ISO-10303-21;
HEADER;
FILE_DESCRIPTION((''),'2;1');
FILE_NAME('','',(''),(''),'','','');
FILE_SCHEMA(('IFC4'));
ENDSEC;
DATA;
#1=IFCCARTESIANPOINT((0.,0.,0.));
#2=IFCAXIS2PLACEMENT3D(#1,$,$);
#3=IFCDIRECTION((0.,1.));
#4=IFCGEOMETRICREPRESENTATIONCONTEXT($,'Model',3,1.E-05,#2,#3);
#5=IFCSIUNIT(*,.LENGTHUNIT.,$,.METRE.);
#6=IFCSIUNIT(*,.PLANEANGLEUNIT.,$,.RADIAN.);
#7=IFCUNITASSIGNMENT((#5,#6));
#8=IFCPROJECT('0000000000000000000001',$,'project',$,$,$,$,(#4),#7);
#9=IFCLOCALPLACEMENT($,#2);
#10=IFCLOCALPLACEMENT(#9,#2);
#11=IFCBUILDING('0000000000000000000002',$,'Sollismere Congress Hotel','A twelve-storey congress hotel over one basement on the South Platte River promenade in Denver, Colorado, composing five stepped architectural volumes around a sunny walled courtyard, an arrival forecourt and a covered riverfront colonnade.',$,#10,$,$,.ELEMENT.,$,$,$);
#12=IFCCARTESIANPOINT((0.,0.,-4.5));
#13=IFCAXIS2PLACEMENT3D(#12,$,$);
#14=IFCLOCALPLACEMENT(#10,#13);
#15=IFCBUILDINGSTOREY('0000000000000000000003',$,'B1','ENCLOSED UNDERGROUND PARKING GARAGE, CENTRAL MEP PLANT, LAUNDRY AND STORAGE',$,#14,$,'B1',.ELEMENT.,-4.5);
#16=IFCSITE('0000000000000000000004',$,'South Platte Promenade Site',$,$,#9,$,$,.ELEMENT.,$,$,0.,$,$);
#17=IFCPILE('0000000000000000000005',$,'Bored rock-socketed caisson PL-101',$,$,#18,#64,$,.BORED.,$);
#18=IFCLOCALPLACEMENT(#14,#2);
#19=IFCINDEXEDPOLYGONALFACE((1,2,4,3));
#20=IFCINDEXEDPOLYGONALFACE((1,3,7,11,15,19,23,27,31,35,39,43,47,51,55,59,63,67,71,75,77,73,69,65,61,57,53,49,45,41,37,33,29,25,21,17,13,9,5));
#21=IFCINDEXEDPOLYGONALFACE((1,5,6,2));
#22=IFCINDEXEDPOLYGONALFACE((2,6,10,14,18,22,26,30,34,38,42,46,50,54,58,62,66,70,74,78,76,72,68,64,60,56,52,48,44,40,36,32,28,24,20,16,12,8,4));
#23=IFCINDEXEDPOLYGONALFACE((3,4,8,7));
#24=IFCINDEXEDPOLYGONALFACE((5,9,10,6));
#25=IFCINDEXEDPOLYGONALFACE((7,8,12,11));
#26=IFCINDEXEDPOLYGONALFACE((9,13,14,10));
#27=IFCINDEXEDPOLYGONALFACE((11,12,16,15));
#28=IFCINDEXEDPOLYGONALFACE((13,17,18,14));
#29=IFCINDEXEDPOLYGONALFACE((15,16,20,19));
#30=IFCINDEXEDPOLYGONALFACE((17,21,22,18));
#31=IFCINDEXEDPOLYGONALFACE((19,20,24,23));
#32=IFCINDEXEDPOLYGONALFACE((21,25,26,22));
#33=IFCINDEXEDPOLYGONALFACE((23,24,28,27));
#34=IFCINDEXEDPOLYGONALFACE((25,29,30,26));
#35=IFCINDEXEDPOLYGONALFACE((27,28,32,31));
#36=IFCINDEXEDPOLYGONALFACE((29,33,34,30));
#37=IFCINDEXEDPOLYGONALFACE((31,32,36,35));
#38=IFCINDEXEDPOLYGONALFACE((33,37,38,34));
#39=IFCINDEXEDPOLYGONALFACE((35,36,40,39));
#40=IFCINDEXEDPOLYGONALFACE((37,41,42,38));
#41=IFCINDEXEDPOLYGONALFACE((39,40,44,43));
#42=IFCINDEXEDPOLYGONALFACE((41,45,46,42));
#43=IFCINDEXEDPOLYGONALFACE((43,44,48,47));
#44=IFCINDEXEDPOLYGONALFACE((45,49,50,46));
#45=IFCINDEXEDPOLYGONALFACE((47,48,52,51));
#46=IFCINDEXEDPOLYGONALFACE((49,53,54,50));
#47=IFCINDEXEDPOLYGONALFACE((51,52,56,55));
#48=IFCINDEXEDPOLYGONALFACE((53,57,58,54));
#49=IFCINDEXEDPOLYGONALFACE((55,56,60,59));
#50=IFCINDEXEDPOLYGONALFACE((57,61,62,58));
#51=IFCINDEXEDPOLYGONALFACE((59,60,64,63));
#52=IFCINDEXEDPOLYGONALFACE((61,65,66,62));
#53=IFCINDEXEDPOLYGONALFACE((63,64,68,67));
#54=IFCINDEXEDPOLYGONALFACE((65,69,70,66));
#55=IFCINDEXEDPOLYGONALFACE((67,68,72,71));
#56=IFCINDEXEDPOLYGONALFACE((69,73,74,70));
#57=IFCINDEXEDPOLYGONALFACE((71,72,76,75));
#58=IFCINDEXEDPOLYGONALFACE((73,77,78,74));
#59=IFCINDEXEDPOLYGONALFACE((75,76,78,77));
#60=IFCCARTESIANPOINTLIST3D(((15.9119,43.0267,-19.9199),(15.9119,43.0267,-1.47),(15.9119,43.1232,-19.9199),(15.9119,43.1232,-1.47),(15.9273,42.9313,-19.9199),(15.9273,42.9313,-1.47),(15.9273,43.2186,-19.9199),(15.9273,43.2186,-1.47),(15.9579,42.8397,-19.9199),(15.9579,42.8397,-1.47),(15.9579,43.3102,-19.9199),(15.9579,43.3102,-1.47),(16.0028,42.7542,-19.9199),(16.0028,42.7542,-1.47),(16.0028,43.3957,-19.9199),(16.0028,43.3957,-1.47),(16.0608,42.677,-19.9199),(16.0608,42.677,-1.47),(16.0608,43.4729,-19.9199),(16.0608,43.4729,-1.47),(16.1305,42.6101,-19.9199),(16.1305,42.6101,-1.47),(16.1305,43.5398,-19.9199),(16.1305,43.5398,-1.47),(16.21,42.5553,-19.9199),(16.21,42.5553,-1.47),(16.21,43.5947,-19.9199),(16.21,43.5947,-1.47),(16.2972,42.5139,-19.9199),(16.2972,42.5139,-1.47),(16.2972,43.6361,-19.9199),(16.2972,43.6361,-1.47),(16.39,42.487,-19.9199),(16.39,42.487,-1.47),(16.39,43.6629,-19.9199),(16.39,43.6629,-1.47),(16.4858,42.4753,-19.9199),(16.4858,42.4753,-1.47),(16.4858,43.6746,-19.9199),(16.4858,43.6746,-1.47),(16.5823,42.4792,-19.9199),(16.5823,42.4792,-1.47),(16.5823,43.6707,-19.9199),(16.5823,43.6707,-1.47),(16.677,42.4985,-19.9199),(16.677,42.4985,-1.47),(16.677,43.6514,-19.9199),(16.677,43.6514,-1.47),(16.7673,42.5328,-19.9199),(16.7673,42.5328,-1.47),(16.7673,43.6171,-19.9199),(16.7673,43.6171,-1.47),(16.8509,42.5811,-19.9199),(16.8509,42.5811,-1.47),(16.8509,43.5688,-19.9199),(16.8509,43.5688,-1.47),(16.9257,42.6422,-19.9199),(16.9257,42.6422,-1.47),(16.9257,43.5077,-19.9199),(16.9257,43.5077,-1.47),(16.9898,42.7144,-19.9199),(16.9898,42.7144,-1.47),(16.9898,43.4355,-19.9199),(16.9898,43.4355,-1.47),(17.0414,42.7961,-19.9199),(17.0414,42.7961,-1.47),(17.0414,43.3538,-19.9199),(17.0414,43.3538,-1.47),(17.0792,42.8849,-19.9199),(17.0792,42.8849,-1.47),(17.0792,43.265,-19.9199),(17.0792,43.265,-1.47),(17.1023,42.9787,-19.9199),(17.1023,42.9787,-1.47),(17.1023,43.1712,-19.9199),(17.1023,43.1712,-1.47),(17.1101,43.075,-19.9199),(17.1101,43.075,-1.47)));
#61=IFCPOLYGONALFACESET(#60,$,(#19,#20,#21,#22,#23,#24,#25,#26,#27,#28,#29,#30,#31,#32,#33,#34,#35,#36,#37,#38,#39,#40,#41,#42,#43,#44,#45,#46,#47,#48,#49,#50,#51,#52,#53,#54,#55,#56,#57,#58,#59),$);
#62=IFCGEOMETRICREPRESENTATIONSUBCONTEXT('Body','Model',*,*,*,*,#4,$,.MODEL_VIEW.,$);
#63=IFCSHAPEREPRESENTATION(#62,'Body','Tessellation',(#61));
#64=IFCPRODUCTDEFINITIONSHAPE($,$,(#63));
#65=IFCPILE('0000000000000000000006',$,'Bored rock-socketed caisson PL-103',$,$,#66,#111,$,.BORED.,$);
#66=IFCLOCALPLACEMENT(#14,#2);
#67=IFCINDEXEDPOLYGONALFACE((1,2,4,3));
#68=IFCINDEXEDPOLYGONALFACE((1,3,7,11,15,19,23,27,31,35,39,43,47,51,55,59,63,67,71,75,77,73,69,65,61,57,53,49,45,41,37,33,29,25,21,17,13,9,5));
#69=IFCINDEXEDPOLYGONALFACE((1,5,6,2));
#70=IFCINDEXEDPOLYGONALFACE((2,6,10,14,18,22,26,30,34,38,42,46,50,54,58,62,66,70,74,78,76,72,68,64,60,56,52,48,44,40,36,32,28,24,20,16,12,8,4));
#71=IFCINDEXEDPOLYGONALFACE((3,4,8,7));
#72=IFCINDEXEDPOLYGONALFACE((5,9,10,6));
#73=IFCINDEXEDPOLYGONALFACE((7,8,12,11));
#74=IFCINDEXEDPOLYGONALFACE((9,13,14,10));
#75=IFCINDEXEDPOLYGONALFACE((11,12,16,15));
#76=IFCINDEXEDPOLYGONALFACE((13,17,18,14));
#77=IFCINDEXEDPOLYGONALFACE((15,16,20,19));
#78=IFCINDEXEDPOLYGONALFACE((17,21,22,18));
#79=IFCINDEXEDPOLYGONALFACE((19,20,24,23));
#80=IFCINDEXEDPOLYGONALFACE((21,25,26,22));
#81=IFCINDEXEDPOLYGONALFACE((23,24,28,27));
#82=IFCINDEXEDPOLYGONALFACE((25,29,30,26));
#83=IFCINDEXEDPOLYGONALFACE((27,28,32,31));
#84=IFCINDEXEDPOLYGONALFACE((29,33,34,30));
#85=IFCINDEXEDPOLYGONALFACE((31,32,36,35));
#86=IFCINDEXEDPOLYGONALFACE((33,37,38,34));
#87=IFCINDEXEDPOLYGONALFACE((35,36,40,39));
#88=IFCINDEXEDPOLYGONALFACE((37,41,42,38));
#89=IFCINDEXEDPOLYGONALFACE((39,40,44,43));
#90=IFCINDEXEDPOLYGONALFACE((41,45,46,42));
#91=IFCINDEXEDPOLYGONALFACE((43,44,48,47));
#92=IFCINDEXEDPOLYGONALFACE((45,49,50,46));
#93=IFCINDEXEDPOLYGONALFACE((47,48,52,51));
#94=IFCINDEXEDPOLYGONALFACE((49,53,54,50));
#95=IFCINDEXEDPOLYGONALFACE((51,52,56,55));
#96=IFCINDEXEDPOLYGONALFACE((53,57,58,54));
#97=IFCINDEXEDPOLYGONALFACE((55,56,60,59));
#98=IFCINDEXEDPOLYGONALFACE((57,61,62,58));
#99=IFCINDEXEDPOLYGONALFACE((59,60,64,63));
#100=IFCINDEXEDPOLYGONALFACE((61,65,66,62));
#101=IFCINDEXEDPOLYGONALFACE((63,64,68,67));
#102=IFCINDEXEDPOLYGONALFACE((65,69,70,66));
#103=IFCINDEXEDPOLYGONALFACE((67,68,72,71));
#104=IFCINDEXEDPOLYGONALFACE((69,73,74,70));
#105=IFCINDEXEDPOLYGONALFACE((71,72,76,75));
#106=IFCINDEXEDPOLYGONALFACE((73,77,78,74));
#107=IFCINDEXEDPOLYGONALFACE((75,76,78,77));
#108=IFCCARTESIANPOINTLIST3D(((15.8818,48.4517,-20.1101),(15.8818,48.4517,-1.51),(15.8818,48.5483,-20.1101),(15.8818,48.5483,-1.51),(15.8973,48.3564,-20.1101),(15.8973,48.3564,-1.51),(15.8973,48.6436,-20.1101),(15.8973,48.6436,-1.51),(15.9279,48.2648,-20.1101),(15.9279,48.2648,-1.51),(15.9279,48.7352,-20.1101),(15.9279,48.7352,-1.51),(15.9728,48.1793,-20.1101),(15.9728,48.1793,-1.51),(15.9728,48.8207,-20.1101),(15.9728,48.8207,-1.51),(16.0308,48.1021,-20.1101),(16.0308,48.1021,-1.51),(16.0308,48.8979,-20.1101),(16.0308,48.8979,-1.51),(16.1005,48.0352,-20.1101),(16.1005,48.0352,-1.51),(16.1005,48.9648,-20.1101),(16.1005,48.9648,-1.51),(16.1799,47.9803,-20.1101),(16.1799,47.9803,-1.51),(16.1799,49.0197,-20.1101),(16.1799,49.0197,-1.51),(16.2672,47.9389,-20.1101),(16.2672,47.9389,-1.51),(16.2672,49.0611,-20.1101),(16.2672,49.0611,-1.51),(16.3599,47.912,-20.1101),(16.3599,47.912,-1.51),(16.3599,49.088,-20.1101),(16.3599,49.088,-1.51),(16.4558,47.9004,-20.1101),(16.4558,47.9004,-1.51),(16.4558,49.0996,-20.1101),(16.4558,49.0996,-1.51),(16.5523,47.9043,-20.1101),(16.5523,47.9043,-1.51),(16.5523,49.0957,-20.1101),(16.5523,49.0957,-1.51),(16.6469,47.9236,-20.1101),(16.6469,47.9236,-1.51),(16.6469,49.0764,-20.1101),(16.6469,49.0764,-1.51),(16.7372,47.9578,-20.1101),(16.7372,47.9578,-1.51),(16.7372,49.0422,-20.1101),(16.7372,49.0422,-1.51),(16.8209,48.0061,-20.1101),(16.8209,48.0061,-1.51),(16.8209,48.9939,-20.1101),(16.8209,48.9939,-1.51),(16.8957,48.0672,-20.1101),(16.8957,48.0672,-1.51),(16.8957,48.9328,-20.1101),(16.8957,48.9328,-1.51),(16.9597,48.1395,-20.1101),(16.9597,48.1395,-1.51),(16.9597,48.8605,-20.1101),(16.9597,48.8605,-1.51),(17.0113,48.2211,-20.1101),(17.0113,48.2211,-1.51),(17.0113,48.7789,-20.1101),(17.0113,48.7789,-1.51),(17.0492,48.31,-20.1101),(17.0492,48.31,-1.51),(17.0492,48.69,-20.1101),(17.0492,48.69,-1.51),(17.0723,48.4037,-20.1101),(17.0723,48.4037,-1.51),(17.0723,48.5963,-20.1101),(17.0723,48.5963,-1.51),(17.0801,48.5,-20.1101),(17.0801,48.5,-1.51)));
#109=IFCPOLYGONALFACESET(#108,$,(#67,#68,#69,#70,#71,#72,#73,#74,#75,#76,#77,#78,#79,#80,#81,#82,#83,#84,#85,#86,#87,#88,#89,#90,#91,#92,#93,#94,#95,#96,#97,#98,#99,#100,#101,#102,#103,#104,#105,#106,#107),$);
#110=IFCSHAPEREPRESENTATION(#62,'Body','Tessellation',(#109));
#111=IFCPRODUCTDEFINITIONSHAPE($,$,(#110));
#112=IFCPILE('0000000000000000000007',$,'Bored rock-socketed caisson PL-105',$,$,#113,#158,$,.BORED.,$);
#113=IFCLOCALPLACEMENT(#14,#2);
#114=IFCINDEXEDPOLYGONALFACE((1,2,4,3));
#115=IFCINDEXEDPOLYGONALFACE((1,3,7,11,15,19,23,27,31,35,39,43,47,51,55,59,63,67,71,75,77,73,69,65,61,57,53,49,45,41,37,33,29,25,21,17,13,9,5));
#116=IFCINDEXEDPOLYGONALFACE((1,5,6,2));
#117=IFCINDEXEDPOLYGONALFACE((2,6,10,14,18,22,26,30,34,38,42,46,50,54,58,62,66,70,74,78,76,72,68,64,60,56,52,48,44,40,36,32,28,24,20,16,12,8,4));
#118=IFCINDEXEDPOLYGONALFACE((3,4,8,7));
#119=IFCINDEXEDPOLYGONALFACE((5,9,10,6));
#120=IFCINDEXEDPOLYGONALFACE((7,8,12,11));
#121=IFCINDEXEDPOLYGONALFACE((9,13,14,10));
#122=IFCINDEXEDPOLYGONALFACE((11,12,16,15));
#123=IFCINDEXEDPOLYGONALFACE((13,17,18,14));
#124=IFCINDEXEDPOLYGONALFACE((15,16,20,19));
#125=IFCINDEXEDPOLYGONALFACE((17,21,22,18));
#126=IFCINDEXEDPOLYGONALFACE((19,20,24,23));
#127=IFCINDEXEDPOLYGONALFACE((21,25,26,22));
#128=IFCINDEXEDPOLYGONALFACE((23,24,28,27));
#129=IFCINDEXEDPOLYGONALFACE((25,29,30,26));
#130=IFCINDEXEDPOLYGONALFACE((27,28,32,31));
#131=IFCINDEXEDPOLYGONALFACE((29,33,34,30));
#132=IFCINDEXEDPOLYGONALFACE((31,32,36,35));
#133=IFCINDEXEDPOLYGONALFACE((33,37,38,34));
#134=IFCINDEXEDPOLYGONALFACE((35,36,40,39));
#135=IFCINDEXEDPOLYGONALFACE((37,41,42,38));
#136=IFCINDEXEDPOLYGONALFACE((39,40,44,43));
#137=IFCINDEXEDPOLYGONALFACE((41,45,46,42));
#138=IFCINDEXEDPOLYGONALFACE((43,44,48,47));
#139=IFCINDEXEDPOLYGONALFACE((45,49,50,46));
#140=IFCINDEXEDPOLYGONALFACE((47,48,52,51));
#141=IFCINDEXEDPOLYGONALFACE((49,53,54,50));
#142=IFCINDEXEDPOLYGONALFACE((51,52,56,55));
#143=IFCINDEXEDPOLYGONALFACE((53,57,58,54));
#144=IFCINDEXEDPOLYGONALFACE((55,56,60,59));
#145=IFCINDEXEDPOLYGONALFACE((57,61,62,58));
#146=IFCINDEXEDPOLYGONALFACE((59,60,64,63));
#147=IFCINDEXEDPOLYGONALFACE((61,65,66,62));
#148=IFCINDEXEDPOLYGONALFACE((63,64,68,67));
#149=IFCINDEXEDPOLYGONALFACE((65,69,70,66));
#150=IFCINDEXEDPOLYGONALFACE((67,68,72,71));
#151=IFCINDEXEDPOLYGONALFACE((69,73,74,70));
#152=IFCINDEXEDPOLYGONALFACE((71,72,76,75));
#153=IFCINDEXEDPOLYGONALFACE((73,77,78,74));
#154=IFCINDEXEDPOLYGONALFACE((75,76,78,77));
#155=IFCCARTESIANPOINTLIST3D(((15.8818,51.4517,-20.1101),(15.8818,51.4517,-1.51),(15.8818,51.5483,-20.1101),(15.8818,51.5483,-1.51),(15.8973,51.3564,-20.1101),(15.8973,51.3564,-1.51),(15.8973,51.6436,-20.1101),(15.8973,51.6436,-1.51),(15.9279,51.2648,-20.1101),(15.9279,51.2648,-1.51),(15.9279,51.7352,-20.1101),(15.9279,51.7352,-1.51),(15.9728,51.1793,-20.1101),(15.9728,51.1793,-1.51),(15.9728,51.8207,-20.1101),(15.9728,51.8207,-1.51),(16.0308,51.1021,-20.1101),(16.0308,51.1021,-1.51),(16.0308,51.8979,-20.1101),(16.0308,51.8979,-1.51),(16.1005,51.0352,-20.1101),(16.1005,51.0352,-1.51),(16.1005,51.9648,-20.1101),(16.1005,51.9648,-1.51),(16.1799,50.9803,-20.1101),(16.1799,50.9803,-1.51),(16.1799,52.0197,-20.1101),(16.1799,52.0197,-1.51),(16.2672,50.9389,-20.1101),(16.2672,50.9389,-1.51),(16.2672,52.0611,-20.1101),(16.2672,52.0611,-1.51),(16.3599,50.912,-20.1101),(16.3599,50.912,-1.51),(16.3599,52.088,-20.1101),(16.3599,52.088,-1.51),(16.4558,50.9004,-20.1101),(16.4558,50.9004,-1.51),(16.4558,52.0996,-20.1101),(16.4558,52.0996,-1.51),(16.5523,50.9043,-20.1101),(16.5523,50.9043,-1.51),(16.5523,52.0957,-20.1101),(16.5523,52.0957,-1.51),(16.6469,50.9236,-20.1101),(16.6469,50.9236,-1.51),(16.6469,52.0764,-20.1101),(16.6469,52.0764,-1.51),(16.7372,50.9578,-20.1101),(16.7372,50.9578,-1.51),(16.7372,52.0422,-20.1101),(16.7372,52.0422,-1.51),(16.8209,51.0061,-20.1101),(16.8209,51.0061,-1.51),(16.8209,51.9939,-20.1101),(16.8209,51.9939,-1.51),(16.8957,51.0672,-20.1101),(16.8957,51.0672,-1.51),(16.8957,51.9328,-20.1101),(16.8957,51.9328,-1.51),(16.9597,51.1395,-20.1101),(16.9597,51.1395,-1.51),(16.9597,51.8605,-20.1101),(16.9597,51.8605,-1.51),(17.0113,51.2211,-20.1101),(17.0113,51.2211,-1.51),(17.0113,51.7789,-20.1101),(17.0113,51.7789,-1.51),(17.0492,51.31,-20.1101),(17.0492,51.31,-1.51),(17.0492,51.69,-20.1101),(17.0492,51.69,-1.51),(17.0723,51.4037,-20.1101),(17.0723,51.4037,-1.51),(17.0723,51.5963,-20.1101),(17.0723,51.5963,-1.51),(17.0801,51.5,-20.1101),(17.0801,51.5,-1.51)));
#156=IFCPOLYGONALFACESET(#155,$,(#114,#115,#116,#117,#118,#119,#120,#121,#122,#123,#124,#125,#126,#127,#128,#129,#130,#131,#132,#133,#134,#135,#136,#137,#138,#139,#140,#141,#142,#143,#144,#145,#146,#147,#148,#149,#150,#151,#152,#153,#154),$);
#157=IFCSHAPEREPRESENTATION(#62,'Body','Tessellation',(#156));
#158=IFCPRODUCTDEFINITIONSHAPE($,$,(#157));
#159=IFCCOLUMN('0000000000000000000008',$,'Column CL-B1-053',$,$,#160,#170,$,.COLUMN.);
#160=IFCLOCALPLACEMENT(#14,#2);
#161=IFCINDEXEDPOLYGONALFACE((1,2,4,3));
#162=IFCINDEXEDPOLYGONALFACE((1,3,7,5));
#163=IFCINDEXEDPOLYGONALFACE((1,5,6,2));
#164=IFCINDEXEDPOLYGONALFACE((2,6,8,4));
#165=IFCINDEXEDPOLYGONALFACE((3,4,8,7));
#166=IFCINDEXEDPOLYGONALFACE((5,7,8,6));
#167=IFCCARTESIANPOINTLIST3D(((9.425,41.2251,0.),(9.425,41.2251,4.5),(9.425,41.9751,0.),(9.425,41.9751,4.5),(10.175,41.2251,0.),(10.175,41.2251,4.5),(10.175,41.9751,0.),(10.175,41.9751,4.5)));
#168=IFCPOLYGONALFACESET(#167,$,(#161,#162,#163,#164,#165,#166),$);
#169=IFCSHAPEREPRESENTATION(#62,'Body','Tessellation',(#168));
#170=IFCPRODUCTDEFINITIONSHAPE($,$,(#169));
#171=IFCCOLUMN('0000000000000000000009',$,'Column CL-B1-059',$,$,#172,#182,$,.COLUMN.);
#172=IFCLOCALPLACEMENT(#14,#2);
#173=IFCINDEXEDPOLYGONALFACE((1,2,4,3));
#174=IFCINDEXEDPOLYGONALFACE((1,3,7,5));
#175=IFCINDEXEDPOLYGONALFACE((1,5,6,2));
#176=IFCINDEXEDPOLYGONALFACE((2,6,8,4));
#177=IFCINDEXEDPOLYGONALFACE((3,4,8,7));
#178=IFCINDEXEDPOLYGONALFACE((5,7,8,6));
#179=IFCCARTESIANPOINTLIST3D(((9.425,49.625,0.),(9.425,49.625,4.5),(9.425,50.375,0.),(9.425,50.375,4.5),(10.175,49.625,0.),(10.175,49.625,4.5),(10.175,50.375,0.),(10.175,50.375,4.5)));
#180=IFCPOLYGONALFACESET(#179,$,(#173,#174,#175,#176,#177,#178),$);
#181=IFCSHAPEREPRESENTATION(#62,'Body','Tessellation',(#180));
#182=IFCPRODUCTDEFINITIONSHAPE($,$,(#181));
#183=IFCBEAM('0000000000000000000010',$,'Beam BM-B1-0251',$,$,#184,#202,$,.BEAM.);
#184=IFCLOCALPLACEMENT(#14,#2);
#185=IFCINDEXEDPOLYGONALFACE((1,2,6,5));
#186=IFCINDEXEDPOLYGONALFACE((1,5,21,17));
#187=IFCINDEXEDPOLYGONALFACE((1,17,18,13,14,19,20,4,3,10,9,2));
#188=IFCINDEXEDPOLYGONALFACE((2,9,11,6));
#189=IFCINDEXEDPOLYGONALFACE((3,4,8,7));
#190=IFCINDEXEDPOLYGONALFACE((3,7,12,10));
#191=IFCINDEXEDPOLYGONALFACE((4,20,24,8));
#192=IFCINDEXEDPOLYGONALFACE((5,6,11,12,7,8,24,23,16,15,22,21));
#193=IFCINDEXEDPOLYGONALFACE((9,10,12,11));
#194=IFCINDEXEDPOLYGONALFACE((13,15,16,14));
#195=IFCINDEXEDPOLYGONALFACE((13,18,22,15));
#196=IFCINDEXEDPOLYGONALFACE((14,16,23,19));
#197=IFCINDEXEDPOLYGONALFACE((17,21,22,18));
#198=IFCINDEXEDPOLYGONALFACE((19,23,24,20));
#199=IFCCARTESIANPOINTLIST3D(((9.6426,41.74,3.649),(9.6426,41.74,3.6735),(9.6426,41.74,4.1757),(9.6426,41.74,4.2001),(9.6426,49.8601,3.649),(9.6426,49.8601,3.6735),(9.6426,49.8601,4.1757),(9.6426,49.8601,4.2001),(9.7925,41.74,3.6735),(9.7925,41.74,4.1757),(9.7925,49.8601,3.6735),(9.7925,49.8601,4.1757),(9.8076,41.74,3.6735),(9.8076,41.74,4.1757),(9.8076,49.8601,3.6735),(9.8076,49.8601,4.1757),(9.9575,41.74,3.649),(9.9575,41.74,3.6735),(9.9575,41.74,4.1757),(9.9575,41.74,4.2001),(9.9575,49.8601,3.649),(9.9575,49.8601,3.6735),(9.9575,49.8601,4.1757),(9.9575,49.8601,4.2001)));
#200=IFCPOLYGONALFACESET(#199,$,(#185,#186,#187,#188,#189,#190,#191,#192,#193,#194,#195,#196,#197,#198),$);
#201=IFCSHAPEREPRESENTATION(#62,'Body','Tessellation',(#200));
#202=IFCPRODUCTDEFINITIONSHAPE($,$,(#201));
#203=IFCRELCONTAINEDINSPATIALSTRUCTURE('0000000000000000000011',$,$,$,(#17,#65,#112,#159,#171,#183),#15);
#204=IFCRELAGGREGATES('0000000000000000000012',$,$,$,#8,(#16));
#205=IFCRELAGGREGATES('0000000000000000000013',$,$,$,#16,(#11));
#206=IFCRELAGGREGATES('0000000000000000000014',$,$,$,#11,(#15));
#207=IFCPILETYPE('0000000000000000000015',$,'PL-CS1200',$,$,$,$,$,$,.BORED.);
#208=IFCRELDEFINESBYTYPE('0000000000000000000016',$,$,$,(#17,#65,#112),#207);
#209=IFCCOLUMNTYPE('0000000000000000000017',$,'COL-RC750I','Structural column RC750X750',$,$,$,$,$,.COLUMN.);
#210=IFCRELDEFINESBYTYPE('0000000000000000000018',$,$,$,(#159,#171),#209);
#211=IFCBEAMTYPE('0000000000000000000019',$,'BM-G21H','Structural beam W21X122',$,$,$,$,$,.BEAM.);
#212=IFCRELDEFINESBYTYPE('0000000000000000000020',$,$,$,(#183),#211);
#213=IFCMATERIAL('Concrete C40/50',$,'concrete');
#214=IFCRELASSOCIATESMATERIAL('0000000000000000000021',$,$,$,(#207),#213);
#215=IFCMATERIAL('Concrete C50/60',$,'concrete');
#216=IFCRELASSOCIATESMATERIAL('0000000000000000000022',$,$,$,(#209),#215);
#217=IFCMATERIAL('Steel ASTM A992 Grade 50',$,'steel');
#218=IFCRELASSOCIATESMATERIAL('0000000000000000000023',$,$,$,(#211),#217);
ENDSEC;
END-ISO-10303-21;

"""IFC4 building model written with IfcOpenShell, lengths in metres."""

from ifc_helpers import new_model, si_unit, direction, frame, origin, origin_2d, place, context, subcontext, project, spatial, rectangle, circle, i_section, extrude, material, material_profile, profile_set, type_object, element, save


model = new_model("IFC4")

# Units and contexts
model_context = context("Model", 3, precision=1e-05, world=origin(), true_north=direction((0.0, 1.0)))
body_context = subcontext(model_context, "Body", "Model", "MODEL_VIEW")
ifc_project = project(units=[si_unit("LENGTHUNIT", "METRE"), si_unit("PLANEANGLEUNIT", "RADIAN")], contexts=[model_context])

# Site, building, storey
site_placement = place(None, origin())
site = spatial("IfcSite", under=ifc_project, at=site_placement, Name="South Platte Promenade Site", CompositionType="ELEMENT", RefElevation=0.0)
building_placement = place(site_placement, origin())
building = spatial("IfcBuilding", under=site, at=building_placement, Name="Sollismere Congress Hotel", Description="A twelve-storey congress hotel over one basement on the South Platte River promenade in Denver, Colorado, composing five stepped architectural volumes around a sunny walled courtyard, an arrival forecourt and a covered riverfront colonnade.", CompositionType="ELEMENT")
storey_placement = place(building_placement, frame((0.0, 0.0, -4.5)))
storey = spatial("IfcBuildingStorey", under=building, at=storey_placement, Name="B1", Description="ENCLOSED UNDERGROUND PARKING GARAGE, CENTRAL MEP PLANT, LAUNDRY AND STORAGE", LongName="B1", CompositionType="ELEMENT", Elevation=-4.5)

# Shared definitions
ifc_material_1 = material(Name="Concrete C40/50", Category="concrete")

# Piles
ifc_material_profile_1 = material_profile(ifc_material_1, circle(Radius=0.6001, at=origin_2d()), Name="CAISSON1200")
ifc_profile_set_1 = profile_set([ifc_material_profile_1], Name="Concrete C40/50")
pile_type = type_object("IfcPileType", Name="PL-CS1200", PredefinedType="BORED", material=ifc_profile_set_1)
for number, where, z_axis, x_axis, name in (
    (1, (16.51, 43.075, -1.47), (0.0, 0.0, -1.0), (1.0, 0.0, 0.0), "Bored rock-socketed caisson PL-101"),
):
    element("IfcPile", number, at=place(storey_placement, frame(where, z_axis=z_axis, x_axis=x_axis)), inside=storey, type_object=pile_type, Name=name, PredefinedType="BORED", context=body_context, shape_type="SweptSolid", body=[
        extrude(circle(Radius=0.6001, at=origin_2d()), origin(), (0.0, 0.0, 1.0), 18.45),
    ])
for number, where, z_axis, x_axis, name in (
    (2, (16.48, 48.5, -1.51), (0.0, 0.0, -1.0), (1.0, 0.0, 0.0), "Bored rock-socketed caisson PL-103"),
    (3, (16.48, 51.5, -1.51), (0.0, 0.0, -1.0), (1.0, 0.0, 0.0), "Bored rock-socketed caisson PL-105"),
):
    element("IfcPile", number, at=place(storey_placement, frame(where, z_axis=z_axis, x_axis=x_axis)), inside=storey, type_object=pile_type, Name=name, PredefinedType="BORED", context=body_context, shape_type="SweptSolid", body=[
        extrude(circle(Radius=0.6001, at=origin_2d()), origin(), (0.0, 0.0, 1.0), 18.6001),
    ])

# Columns
ifc_material_2 = material(Name="Concrete C50/60", Category="concrete")
ifc_material_profile_2 = material_profile(ifc_material_2, rectangle(XDim=0.75, YDim=0.75, at=origin_2d()), Name="RC750X750")
ifc_profile_set_2 = profile_set([ifc_material_profile_2], Name="Concrete C50/60")
column_type = type_object("IfcColumnType", Name="COL-RC750I", Description="Structural column RC750X750", PredefinedType="COLUMN", material=ifc_profile_set_2)
for number, where, z_axis, x_axis, name in (
    (4, (9.8, 41.6001, 0.0), (0.0, 0.0, 1.0), (1.0, 0.0, 0.0), "Column CL-B1-053"),
    (5, (9.8, 50.0, 0.0), (0.0, 0.0, 1.0), (1.0, 0.0, 0.0), "Column CL-B1-059"),
):
    element("IfcColumn", number, at=place(storey_placement, frame(where, z_axis=z_axis, x_axis=x_axis)), inside=storey, type_object=column_type, Name=name, PredefinedType="COLUMN", context=body_context, shape_type="SweptSolid", body=[
        extrude(rectangle(XDim=0.75, YDim=0.75, at=origin_2d()), origin(), (0.0, 0.0, 1.0), 4.5),
    ])

# Beam
ifc_material_3 = material(Name="Steel ASTM A992 Grade 50", Category="steel")
ifc_material_profile_3 = material_profile(ifc_material_3, i_section(OverallWidth=0.3149, OverallDepth=0.551, WebThickness=0.0151, FlangeThickness=0.0244, at=origin_2d()), Name="W21X122")
ifc_profile_set_3 = profile_set([ifc_material_profile_3], Name="Steel ASTM A992 Grade 50")
beam_type_1 = type_object("IfcBeamType", Name="BM-G21H", Description="Structural beam W21X122", PredefinedType="BEAM", material=ifc_profile_set_3)
beam_placement = place(storey_placement, frame((9.8, 41.74, 3.9246), z_axis=(0.0, 1.0, 0.0), x_axis=(-1.0, 0.0, 0.0)))
element("IfcBeam", 6, at=beam_placement, inside=storey, type_object=beam_type_1, Name="Beam BM-B1-0251", PredefinedType="BEAM", context=body_context, shape_type="SweptSolid", body=[
    extrude(i_section(OverallWidth=0.3149, OverallDepth=0.551, WebThickness=0.0151, FlangeThickness=0.0244, at=origin_2d()), origin(), (0.0, 0.0, 1.0), 8.1201),
])

save(model, "model.ifc")
